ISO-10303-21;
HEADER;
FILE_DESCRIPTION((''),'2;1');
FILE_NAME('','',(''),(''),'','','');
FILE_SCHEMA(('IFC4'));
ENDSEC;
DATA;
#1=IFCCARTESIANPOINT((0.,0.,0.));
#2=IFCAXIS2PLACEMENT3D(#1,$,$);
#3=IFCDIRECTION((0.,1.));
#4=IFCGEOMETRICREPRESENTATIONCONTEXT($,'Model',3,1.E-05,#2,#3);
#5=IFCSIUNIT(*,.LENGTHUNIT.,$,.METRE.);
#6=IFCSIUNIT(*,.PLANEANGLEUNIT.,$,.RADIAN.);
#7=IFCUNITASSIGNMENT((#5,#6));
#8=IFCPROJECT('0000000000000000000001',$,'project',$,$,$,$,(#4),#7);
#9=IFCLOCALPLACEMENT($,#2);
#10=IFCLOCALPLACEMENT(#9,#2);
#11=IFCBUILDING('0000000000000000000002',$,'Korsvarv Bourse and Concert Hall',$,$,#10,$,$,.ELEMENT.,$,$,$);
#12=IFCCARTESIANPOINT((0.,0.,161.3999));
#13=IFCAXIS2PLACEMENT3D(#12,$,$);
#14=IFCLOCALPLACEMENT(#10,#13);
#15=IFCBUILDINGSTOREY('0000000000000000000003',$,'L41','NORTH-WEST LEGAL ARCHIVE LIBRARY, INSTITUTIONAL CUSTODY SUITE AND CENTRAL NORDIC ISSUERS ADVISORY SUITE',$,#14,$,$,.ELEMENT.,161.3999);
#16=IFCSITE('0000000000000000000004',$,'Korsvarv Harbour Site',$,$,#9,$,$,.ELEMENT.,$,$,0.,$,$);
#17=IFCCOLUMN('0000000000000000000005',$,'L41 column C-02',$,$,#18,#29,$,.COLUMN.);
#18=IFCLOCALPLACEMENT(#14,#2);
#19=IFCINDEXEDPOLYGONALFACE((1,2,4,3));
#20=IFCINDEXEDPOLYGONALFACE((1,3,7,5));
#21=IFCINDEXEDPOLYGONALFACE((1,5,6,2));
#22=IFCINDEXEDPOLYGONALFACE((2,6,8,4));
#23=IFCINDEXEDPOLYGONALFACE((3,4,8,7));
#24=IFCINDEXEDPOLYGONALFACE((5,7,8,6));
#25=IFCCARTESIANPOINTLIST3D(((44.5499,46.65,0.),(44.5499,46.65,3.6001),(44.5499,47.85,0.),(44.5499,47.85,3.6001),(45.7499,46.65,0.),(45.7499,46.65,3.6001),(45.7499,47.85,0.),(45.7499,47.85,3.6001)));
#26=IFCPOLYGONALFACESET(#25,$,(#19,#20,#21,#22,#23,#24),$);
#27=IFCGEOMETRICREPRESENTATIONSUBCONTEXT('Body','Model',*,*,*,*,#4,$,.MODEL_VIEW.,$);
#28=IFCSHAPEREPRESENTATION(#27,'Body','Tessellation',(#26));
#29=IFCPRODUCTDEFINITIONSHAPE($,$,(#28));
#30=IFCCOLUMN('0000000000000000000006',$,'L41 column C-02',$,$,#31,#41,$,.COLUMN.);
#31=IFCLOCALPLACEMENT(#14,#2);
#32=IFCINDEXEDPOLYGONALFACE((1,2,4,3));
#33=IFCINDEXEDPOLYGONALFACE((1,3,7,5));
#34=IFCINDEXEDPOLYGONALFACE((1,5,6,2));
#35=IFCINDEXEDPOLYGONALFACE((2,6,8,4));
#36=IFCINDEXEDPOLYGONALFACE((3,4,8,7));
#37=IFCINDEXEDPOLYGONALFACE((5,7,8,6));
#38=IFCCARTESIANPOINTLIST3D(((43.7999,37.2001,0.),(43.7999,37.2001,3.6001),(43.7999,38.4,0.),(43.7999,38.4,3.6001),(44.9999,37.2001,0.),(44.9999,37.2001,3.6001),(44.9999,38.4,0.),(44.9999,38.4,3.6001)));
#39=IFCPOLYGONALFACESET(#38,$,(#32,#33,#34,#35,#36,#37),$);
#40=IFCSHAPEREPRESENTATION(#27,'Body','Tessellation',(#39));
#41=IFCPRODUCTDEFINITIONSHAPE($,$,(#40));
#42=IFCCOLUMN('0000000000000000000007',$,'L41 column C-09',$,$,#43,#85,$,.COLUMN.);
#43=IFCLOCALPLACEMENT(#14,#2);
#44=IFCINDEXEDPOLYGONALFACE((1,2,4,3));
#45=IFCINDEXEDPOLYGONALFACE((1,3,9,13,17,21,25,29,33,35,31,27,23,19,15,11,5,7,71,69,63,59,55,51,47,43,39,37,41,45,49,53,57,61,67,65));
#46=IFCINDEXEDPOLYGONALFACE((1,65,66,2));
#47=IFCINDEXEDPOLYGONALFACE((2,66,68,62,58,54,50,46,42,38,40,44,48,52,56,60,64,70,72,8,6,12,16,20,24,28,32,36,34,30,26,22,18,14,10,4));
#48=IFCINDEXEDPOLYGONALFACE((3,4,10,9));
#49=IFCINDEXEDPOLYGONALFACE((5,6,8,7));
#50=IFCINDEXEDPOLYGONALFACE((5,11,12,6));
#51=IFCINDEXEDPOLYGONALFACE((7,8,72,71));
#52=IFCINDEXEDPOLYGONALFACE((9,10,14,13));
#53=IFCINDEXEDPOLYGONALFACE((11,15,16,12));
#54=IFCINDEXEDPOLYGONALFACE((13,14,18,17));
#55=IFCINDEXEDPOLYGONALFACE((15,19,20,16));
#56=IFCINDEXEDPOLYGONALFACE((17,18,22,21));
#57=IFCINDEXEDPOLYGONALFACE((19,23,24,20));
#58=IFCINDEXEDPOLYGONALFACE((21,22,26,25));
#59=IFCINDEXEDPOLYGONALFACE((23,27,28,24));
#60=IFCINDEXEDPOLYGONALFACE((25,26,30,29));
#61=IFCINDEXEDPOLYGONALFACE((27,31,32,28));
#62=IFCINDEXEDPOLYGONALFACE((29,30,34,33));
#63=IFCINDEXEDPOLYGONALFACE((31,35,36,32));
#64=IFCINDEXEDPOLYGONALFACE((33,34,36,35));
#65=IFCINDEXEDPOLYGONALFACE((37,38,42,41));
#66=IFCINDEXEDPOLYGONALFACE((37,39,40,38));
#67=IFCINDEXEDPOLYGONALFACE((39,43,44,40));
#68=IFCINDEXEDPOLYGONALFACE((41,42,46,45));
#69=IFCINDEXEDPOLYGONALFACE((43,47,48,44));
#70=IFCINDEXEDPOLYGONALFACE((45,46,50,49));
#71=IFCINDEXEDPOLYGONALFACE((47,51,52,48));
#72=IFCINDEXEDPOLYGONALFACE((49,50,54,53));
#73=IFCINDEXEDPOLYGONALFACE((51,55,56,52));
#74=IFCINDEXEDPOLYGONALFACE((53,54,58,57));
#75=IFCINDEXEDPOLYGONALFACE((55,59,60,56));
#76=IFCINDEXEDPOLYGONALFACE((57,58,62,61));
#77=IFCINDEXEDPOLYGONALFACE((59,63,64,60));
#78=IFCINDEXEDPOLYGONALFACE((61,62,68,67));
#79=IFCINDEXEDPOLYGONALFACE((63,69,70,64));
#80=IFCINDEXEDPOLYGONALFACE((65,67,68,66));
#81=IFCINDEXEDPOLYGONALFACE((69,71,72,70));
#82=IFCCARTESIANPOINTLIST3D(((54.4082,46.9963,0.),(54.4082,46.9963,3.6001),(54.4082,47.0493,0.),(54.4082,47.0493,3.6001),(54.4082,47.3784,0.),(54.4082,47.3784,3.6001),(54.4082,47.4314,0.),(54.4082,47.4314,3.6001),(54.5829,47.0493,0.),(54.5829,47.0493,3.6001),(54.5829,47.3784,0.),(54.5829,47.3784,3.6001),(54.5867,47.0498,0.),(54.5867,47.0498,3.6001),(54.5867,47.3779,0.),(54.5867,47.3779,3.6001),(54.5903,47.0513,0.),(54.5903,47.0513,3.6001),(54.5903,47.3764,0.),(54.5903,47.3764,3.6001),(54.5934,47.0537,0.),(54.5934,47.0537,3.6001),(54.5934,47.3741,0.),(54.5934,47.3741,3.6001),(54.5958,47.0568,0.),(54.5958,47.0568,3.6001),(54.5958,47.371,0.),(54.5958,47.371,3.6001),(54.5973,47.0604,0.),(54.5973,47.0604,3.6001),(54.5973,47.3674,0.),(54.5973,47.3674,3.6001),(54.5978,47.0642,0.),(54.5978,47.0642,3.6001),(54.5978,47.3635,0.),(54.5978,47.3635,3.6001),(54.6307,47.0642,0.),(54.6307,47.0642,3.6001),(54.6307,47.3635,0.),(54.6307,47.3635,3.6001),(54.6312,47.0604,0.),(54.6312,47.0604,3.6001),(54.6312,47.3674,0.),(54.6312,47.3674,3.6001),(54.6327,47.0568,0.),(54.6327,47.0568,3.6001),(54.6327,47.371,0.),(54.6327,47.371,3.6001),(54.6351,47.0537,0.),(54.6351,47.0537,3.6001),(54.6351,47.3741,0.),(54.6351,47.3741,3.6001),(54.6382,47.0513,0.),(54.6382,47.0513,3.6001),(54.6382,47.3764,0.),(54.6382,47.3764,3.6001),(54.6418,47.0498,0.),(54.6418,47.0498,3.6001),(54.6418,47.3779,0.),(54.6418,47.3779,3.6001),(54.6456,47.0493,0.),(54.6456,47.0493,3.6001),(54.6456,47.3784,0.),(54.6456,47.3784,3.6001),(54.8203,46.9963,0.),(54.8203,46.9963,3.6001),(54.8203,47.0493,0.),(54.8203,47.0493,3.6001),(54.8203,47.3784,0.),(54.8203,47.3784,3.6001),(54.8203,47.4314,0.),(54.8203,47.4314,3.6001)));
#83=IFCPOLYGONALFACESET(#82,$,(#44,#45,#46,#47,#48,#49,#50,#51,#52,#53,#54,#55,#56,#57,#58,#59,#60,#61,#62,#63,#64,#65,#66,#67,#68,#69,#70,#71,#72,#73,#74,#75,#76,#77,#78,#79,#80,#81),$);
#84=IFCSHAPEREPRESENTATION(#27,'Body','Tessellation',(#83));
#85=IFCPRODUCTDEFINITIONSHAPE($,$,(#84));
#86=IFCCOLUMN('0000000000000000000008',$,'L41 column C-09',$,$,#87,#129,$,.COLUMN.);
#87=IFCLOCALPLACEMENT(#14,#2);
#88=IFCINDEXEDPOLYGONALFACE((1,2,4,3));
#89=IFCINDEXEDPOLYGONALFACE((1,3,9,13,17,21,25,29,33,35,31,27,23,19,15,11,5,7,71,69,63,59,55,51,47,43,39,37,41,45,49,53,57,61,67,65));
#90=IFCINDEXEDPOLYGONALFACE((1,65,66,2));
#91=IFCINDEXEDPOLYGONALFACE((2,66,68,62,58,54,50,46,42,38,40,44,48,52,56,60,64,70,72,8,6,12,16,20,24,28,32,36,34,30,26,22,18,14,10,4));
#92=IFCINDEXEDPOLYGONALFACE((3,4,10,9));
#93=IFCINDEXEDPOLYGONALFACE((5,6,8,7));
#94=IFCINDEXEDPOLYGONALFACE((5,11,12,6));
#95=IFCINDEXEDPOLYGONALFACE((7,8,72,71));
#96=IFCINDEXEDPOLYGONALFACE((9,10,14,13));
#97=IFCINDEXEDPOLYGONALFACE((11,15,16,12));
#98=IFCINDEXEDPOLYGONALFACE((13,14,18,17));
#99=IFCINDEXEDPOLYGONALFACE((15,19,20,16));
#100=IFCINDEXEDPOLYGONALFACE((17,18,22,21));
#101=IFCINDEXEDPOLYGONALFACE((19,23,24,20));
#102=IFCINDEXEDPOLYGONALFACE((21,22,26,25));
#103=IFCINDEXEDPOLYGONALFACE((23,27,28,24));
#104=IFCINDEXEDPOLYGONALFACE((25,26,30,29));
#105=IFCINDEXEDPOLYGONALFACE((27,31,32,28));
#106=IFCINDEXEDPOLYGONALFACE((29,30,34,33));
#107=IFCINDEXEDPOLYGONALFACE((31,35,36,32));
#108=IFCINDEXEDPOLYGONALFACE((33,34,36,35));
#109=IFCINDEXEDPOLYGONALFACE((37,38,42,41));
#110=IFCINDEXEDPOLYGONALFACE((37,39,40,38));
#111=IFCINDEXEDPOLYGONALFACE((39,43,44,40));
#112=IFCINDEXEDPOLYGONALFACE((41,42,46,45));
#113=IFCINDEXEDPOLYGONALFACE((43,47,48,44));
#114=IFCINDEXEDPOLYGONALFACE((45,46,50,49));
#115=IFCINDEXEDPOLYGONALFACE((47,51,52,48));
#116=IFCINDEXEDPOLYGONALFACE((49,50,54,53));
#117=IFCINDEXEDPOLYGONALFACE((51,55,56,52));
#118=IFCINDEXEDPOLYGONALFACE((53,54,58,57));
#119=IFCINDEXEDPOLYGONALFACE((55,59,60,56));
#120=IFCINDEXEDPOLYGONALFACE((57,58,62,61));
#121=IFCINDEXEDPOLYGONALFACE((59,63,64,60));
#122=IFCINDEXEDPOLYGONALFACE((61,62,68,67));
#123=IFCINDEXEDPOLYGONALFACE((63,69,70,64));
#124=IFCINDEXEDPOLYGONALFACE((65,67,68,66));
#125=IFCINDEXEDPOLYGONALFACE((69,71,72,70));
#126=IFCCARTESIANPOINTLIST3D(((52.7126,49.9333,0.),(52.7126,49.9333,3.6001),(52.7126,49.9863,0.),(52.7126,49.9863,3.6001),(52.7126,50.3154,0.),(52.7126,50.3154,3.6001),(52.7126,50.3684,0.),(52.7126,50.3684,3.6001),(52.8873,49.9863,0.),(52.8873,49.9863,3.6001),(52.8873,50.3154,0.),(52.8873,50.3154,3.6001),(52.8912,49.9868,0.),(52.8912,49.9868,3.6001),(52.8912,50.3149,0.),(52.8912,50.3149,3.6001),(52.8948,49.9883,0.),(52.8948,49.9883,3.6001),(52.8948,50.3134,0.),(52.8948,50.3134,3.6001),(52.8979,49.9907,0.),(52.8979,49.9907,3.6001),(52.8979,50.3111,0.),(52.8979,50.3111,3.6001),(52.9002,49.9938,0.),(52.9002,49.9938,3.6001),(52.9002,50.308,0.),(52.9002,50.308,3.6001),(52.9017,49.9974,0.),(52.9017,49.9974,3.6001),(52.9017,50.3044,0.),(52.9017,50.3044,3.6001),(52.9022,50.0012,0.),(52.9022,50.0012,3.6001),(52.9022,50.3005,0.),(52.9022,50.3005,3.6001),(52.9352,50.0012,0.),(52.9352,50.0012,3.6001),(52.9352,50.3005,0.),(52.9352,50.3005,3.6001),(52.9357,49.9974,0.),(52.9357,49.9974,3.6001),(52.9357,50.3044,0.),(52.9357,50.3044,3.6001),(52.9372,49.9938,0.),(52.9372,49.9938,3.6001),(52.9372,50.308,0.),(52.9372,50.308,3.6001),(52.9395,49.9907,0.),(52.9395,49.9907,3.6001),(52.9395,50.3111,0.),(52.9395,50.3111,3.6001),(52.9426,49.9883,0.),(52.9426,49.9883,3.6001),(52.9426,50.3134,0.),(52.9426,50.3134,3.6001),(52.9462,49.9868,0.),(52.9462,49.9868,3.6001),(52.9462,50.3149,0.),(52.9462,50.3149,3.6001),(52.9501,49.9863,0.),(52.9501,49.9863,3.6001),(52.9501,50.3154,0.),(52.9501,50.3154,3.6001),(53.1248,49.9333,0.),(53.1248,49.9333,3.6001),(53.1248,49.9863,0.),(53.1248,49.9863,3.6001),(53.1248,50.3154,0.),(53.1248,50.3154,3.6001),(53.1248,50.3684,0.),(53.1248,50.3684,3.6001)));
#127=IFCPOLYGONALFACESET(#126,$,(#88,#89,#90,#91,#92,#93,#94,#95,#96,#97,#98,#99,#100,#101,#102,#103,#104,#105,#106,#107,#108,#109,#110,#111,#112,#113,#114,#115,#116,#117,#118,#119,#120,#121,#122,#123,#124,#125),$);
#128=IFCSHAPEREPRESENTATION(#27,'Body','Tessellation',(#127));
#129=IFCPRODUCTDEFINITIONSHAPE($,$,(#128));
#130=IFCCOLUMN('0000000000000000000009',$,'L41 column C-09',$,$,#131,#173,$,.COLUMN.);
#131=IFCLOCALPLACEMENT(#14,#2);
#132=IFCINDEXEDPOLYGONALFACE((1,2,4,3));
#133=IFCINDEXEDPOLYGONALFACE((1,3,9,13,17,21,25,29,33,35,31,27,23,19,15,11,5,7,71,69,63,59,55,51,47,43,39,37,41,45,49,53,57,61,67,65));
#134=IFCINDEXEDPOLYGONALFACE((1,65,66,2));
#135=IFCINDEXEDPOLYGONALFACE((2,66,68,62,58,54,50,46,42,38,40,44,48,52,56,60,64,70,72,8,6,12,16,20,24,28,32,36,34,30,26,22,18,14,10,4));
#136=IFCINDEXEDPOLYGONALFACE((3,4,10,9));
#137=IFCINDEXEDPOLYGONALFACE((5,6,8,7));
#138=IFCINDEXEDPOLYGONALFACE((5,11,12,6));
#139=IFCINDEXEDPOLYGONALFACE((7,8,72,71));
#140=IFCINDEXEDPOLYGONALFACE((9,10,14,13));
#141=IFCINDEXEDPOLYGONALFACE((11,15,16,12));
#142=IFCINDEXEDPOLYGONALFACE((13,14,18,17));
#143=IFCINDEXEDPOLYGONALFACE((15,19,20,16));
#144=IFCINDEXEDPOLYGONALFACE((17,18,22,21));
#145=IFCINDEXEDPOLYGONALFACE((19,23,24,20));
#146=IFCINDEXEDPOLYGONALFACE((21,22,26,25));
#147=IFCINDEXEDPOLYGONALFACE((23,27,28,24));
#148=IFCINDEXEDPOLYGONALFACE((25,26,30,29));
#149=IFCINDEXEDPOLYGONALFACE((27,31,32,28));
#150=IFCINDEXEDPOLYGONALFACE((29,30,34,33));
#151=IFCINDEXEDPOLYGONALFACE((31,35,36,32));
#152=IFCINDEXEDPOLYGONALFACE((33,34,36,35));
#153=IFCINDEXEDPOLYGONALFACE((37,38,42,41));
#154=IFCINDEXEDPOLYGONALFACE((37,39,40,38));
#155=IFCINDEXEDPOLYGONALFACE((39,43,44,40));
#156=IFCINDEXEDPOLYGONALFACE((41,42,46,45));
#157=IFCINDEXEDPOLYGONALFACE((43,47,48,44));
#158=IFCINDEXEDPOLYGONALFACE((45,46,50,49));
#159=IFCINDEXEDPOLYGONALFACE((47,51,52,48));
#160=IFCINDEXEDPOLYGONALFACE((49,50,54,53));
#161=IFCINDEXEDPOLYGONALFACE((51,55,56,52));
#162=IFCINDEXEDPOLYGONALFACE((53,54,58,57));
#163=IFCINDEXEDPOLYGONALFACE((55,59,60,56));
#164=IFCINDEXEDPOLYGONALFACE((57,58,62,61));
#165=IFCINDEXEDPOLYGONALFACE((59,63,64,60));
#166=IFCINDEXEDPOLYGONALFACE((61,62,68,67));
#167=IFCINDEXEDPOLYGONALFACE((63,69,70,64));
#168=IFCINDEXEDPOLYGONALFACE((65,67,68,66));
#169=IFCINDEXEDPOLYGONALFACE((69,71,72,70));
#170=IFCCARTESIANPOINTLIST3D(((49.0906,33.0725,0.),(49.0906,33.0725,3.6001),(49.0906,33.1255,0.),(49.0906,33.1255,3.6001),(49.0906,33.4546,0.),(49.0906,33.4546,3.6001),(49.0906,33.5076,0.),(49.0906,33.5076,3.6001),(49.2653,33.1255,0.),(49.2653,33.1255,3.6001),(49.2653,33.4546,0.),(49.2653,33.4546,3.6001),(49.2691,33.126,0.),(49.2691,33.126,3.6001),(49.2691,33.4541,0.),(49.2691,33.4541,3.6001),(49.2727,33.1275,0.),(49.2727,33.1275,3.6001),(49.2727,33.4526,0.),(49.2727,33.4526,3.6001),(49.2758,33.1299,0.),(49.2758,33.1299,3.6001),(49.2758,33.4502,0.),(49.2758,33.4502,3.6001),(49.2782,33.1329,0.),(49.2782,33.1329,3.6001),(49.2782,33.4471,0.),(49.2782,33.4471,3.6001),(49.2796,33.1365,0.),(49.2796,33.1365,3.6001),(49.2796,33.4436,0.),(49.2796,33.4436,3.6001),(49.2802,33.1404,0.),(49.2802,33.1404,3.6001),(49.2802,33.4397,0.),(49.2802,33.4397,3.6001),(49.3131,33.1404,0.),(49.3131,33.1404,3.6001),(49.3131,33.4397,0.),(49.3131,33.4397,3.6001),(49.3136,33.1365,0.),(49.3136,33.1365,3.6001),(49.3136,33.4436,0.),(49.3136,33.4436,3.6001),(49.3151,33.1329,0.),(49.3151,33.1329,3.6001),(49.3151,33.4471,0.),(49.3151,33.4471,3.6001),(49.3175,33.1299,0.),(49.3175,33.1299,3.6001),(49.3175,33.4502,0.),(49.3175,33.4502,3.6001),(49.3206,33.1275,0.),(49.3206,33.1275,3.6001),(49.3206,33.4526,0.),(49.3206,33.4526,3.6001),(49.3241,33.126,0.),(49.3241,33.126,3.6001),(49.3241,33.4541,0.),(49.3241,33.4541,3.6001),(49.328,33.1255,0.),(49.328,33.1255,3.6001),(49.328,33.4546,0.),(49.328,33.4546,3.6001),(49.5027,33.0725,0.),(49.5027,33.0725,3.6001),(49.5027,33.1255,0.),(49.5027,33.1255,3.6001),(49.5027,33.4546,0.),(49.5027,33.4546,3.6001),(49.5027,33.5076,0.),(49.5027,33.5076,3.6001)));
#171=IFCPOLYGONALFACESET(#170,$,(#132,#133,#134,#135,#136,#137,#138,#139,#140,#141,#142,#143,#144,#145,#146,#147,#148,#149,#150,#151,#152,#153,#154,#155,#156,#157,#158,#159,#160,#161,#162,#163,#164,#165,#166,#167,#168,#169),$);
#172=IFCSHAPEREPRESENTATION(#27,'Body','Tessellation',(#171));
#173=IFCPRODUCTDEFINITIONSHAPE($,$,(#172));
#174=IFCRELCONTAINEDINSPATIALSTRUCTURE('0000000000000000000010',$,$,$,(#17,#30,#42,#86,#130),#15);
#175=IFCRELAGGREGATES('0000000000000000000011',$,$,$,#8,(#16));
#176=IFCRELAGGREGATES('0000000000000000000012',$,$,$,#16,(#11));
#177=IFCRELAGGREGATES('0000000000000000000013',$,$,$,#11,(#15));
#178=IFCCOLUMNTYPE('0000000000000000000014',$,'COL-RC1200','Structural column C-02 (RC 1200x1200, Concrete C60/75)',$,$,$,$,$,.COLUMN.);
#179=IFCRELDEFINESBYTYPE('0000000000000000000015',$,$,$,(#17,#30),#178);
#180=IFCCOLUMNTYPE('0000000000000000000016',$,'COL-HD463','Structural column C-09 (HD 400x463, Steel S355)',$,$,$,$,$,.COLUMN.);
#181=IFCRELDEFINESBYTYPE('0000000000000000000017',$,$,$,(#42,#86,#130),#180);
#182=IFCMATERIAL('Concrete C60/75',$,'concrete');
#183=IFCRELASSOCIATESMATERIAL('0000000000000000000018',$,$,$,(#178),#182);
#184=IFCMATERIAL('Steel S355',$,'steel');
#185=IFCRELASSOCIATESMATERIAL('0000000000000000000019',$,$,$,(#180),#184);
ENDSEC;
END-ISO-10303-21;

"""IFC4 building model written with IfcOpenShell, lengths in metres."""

from ifc_helpers import new_model, si_unit, direction, frame, origin, origin_2d, place, context, subcontext, project, spatial, rectangle, i_section, extrude, source, transform, mapped, material, material_profile, profile_set, type_object, element, save


model = new_model("IFC4")

# Units and contexts
model_context = context("Model", 3, precision=1e-05, world=origin(), true_north=direction((0.0, 1.0)))
body_context = subcontext(model_context, "Body", "Model", "MODEL_VIEW")
ifc_project = project(units=[si_unit("LENGTHUNIT", "METRE"), si_unit("PLANEANGLEUNIT", "RADIAN")], contexts=[model_context])

# Site, building, storey
site_placement = place(None, origin())
site = spatial("IfcSite", under=ifc_project, at=site_placement, Name="Korsvarv Harbour Site", CompositionType="ELEMENT", RefElevation=0.0)
building_placement = place(site_placement, origin())
building = spatial("IfcBuilding", under=site, at=building_placement, Name="Korsvarv Bourse and Concert Hall", CompositionType="ELEMENT")
storey_placement = place(building_placement, frame((0.0, 0.0, 161.3999)))
storey = spatial("IfcBuildingStorey", under=building, at=storey_placement, Name="L41", Description="NORTH-WEST LEGAL ARCHIVE LIBRARY, INSTITUTIONAL CUSTODY SUITE AND CENTRAL NORDIC ISSUERS ADVISORY SUITE", CompositionType="ELEMENT", Elevation=161.3999)

# Columns
ifc_material_1 = material(Name="Concrete C60/75", Category="concrete")
ifc_material_profile_1 = material_profile(ifc_material_1, rectangle(XDim=1.2, YDim=1.2, at=origin_2d()), Name="RC 1200x1200")
ifc_profile_set_1 = profile_set([ifc_material_profile_1], Name="Concrete C60/75")
column_type_1 = type_object("IfcColumnType", Name="COL-RC1200", Description="Structural column C-02 (RC 1200x1200, Concrete C60/75)", PredefinedType="COLUMN", material=ifc_profile_set_1)
shared_shape_1 = source(origin(), body_context, "Body", "SweptSolid", [
    extrude(rectangle(XDim=1.2, YDim=1.2, at=origin_2d()), origin(), (0.0, 0.0, 1.0), 3.6001),
])
for number, where, z_axis, x_axis, name in (
    (1, (45.1499, 47.25, 0.0), (0.0, 0.0, 1.0), (1.0, 0.0, 0.0), "L41 column C-02"),
    (2, (44.3999, 37.8, 0.0), (0.0, 0.0, 1.0), (1.0, 0.0, 0.0), "L41 column C-02"),
):
    element("IfcColumn", number, at=place(storey_placement, frame(where, z_axis=z_axis, x_axis=x_axis)), inside=storey, type_object=column_type_1, Name=name, PredefinedType="COLUMN", context=body_context, shape_type="MappedRepresentation", body=[
        mapped(shared_shape_1, transform((0.0, 0.0, 0.0), scale=1.0)),
    ])
ifc_material_2 = material(Name="Steel S355", Category="steel")
ifc_material_profile_2 = material_profile(ifc_material_2, i_section(OverallWidth=0.4121, OverallDepth=0.4351, WebThickness=0.033, FlangeThickness=0.053, FilletRadius=0.0149, at=origin_2d()), Name="HD 400x463")
ifc_profile_set_2 = profile_set([ifc_material_profile_2], Name="Steel S355")
column_type_2 = type_object("IfcColumnType", Name="COL-HD463", Description="Structural column C-09 (HD 400x463, Steel S355)", PredefinedType="COLUMN", material=ifc_profile_set_2)
shared_shape_2 = source(origin(), body_context, "Body", "SweptSolid", [
    extrude(i_section(OverallWidth=0.4121, OverallDepth=0.4351, WebThickness=0.033, FlangeThickness=0.053, FilletRadius=0.0149, at=origin_2d()), origin(), (0.0, 0.0, 1.0), 3.6001),
])
for number, where, z_axis, x_axis, name in (
    (3, (54.6143, 47.2139, 0.0), (0.0, 0.0, 1.0), (1.0, 0.0, 0.0), "L41 column C-09"),
    (4, (52.9187, 50.1509, 0.0), (0.0, 0.0, 1.0), (1.0, 0.0, 0.0), "L41 column C-09"),
    (5, (49.2966, 33.29, 0.0), (0.0, 0.0, 1.0), (1.0, 0.0, 0.0), "L41 column C-09"),
):
    element("IfcColumn", number, at=place(storey_placement, frame(where, z_axis=z_axis, x_axis=x_axis)), inside=storey, type_object=column_type_2, Name=name, PredefinedType="COLUMN", context=body_context, shape_type="MappedRepresentation", body=[
        mapped(shared_shape_2, transform((0.0, 0.0, 0.0), scale=1.0)),
    ])

save(model, "model.ifc")
